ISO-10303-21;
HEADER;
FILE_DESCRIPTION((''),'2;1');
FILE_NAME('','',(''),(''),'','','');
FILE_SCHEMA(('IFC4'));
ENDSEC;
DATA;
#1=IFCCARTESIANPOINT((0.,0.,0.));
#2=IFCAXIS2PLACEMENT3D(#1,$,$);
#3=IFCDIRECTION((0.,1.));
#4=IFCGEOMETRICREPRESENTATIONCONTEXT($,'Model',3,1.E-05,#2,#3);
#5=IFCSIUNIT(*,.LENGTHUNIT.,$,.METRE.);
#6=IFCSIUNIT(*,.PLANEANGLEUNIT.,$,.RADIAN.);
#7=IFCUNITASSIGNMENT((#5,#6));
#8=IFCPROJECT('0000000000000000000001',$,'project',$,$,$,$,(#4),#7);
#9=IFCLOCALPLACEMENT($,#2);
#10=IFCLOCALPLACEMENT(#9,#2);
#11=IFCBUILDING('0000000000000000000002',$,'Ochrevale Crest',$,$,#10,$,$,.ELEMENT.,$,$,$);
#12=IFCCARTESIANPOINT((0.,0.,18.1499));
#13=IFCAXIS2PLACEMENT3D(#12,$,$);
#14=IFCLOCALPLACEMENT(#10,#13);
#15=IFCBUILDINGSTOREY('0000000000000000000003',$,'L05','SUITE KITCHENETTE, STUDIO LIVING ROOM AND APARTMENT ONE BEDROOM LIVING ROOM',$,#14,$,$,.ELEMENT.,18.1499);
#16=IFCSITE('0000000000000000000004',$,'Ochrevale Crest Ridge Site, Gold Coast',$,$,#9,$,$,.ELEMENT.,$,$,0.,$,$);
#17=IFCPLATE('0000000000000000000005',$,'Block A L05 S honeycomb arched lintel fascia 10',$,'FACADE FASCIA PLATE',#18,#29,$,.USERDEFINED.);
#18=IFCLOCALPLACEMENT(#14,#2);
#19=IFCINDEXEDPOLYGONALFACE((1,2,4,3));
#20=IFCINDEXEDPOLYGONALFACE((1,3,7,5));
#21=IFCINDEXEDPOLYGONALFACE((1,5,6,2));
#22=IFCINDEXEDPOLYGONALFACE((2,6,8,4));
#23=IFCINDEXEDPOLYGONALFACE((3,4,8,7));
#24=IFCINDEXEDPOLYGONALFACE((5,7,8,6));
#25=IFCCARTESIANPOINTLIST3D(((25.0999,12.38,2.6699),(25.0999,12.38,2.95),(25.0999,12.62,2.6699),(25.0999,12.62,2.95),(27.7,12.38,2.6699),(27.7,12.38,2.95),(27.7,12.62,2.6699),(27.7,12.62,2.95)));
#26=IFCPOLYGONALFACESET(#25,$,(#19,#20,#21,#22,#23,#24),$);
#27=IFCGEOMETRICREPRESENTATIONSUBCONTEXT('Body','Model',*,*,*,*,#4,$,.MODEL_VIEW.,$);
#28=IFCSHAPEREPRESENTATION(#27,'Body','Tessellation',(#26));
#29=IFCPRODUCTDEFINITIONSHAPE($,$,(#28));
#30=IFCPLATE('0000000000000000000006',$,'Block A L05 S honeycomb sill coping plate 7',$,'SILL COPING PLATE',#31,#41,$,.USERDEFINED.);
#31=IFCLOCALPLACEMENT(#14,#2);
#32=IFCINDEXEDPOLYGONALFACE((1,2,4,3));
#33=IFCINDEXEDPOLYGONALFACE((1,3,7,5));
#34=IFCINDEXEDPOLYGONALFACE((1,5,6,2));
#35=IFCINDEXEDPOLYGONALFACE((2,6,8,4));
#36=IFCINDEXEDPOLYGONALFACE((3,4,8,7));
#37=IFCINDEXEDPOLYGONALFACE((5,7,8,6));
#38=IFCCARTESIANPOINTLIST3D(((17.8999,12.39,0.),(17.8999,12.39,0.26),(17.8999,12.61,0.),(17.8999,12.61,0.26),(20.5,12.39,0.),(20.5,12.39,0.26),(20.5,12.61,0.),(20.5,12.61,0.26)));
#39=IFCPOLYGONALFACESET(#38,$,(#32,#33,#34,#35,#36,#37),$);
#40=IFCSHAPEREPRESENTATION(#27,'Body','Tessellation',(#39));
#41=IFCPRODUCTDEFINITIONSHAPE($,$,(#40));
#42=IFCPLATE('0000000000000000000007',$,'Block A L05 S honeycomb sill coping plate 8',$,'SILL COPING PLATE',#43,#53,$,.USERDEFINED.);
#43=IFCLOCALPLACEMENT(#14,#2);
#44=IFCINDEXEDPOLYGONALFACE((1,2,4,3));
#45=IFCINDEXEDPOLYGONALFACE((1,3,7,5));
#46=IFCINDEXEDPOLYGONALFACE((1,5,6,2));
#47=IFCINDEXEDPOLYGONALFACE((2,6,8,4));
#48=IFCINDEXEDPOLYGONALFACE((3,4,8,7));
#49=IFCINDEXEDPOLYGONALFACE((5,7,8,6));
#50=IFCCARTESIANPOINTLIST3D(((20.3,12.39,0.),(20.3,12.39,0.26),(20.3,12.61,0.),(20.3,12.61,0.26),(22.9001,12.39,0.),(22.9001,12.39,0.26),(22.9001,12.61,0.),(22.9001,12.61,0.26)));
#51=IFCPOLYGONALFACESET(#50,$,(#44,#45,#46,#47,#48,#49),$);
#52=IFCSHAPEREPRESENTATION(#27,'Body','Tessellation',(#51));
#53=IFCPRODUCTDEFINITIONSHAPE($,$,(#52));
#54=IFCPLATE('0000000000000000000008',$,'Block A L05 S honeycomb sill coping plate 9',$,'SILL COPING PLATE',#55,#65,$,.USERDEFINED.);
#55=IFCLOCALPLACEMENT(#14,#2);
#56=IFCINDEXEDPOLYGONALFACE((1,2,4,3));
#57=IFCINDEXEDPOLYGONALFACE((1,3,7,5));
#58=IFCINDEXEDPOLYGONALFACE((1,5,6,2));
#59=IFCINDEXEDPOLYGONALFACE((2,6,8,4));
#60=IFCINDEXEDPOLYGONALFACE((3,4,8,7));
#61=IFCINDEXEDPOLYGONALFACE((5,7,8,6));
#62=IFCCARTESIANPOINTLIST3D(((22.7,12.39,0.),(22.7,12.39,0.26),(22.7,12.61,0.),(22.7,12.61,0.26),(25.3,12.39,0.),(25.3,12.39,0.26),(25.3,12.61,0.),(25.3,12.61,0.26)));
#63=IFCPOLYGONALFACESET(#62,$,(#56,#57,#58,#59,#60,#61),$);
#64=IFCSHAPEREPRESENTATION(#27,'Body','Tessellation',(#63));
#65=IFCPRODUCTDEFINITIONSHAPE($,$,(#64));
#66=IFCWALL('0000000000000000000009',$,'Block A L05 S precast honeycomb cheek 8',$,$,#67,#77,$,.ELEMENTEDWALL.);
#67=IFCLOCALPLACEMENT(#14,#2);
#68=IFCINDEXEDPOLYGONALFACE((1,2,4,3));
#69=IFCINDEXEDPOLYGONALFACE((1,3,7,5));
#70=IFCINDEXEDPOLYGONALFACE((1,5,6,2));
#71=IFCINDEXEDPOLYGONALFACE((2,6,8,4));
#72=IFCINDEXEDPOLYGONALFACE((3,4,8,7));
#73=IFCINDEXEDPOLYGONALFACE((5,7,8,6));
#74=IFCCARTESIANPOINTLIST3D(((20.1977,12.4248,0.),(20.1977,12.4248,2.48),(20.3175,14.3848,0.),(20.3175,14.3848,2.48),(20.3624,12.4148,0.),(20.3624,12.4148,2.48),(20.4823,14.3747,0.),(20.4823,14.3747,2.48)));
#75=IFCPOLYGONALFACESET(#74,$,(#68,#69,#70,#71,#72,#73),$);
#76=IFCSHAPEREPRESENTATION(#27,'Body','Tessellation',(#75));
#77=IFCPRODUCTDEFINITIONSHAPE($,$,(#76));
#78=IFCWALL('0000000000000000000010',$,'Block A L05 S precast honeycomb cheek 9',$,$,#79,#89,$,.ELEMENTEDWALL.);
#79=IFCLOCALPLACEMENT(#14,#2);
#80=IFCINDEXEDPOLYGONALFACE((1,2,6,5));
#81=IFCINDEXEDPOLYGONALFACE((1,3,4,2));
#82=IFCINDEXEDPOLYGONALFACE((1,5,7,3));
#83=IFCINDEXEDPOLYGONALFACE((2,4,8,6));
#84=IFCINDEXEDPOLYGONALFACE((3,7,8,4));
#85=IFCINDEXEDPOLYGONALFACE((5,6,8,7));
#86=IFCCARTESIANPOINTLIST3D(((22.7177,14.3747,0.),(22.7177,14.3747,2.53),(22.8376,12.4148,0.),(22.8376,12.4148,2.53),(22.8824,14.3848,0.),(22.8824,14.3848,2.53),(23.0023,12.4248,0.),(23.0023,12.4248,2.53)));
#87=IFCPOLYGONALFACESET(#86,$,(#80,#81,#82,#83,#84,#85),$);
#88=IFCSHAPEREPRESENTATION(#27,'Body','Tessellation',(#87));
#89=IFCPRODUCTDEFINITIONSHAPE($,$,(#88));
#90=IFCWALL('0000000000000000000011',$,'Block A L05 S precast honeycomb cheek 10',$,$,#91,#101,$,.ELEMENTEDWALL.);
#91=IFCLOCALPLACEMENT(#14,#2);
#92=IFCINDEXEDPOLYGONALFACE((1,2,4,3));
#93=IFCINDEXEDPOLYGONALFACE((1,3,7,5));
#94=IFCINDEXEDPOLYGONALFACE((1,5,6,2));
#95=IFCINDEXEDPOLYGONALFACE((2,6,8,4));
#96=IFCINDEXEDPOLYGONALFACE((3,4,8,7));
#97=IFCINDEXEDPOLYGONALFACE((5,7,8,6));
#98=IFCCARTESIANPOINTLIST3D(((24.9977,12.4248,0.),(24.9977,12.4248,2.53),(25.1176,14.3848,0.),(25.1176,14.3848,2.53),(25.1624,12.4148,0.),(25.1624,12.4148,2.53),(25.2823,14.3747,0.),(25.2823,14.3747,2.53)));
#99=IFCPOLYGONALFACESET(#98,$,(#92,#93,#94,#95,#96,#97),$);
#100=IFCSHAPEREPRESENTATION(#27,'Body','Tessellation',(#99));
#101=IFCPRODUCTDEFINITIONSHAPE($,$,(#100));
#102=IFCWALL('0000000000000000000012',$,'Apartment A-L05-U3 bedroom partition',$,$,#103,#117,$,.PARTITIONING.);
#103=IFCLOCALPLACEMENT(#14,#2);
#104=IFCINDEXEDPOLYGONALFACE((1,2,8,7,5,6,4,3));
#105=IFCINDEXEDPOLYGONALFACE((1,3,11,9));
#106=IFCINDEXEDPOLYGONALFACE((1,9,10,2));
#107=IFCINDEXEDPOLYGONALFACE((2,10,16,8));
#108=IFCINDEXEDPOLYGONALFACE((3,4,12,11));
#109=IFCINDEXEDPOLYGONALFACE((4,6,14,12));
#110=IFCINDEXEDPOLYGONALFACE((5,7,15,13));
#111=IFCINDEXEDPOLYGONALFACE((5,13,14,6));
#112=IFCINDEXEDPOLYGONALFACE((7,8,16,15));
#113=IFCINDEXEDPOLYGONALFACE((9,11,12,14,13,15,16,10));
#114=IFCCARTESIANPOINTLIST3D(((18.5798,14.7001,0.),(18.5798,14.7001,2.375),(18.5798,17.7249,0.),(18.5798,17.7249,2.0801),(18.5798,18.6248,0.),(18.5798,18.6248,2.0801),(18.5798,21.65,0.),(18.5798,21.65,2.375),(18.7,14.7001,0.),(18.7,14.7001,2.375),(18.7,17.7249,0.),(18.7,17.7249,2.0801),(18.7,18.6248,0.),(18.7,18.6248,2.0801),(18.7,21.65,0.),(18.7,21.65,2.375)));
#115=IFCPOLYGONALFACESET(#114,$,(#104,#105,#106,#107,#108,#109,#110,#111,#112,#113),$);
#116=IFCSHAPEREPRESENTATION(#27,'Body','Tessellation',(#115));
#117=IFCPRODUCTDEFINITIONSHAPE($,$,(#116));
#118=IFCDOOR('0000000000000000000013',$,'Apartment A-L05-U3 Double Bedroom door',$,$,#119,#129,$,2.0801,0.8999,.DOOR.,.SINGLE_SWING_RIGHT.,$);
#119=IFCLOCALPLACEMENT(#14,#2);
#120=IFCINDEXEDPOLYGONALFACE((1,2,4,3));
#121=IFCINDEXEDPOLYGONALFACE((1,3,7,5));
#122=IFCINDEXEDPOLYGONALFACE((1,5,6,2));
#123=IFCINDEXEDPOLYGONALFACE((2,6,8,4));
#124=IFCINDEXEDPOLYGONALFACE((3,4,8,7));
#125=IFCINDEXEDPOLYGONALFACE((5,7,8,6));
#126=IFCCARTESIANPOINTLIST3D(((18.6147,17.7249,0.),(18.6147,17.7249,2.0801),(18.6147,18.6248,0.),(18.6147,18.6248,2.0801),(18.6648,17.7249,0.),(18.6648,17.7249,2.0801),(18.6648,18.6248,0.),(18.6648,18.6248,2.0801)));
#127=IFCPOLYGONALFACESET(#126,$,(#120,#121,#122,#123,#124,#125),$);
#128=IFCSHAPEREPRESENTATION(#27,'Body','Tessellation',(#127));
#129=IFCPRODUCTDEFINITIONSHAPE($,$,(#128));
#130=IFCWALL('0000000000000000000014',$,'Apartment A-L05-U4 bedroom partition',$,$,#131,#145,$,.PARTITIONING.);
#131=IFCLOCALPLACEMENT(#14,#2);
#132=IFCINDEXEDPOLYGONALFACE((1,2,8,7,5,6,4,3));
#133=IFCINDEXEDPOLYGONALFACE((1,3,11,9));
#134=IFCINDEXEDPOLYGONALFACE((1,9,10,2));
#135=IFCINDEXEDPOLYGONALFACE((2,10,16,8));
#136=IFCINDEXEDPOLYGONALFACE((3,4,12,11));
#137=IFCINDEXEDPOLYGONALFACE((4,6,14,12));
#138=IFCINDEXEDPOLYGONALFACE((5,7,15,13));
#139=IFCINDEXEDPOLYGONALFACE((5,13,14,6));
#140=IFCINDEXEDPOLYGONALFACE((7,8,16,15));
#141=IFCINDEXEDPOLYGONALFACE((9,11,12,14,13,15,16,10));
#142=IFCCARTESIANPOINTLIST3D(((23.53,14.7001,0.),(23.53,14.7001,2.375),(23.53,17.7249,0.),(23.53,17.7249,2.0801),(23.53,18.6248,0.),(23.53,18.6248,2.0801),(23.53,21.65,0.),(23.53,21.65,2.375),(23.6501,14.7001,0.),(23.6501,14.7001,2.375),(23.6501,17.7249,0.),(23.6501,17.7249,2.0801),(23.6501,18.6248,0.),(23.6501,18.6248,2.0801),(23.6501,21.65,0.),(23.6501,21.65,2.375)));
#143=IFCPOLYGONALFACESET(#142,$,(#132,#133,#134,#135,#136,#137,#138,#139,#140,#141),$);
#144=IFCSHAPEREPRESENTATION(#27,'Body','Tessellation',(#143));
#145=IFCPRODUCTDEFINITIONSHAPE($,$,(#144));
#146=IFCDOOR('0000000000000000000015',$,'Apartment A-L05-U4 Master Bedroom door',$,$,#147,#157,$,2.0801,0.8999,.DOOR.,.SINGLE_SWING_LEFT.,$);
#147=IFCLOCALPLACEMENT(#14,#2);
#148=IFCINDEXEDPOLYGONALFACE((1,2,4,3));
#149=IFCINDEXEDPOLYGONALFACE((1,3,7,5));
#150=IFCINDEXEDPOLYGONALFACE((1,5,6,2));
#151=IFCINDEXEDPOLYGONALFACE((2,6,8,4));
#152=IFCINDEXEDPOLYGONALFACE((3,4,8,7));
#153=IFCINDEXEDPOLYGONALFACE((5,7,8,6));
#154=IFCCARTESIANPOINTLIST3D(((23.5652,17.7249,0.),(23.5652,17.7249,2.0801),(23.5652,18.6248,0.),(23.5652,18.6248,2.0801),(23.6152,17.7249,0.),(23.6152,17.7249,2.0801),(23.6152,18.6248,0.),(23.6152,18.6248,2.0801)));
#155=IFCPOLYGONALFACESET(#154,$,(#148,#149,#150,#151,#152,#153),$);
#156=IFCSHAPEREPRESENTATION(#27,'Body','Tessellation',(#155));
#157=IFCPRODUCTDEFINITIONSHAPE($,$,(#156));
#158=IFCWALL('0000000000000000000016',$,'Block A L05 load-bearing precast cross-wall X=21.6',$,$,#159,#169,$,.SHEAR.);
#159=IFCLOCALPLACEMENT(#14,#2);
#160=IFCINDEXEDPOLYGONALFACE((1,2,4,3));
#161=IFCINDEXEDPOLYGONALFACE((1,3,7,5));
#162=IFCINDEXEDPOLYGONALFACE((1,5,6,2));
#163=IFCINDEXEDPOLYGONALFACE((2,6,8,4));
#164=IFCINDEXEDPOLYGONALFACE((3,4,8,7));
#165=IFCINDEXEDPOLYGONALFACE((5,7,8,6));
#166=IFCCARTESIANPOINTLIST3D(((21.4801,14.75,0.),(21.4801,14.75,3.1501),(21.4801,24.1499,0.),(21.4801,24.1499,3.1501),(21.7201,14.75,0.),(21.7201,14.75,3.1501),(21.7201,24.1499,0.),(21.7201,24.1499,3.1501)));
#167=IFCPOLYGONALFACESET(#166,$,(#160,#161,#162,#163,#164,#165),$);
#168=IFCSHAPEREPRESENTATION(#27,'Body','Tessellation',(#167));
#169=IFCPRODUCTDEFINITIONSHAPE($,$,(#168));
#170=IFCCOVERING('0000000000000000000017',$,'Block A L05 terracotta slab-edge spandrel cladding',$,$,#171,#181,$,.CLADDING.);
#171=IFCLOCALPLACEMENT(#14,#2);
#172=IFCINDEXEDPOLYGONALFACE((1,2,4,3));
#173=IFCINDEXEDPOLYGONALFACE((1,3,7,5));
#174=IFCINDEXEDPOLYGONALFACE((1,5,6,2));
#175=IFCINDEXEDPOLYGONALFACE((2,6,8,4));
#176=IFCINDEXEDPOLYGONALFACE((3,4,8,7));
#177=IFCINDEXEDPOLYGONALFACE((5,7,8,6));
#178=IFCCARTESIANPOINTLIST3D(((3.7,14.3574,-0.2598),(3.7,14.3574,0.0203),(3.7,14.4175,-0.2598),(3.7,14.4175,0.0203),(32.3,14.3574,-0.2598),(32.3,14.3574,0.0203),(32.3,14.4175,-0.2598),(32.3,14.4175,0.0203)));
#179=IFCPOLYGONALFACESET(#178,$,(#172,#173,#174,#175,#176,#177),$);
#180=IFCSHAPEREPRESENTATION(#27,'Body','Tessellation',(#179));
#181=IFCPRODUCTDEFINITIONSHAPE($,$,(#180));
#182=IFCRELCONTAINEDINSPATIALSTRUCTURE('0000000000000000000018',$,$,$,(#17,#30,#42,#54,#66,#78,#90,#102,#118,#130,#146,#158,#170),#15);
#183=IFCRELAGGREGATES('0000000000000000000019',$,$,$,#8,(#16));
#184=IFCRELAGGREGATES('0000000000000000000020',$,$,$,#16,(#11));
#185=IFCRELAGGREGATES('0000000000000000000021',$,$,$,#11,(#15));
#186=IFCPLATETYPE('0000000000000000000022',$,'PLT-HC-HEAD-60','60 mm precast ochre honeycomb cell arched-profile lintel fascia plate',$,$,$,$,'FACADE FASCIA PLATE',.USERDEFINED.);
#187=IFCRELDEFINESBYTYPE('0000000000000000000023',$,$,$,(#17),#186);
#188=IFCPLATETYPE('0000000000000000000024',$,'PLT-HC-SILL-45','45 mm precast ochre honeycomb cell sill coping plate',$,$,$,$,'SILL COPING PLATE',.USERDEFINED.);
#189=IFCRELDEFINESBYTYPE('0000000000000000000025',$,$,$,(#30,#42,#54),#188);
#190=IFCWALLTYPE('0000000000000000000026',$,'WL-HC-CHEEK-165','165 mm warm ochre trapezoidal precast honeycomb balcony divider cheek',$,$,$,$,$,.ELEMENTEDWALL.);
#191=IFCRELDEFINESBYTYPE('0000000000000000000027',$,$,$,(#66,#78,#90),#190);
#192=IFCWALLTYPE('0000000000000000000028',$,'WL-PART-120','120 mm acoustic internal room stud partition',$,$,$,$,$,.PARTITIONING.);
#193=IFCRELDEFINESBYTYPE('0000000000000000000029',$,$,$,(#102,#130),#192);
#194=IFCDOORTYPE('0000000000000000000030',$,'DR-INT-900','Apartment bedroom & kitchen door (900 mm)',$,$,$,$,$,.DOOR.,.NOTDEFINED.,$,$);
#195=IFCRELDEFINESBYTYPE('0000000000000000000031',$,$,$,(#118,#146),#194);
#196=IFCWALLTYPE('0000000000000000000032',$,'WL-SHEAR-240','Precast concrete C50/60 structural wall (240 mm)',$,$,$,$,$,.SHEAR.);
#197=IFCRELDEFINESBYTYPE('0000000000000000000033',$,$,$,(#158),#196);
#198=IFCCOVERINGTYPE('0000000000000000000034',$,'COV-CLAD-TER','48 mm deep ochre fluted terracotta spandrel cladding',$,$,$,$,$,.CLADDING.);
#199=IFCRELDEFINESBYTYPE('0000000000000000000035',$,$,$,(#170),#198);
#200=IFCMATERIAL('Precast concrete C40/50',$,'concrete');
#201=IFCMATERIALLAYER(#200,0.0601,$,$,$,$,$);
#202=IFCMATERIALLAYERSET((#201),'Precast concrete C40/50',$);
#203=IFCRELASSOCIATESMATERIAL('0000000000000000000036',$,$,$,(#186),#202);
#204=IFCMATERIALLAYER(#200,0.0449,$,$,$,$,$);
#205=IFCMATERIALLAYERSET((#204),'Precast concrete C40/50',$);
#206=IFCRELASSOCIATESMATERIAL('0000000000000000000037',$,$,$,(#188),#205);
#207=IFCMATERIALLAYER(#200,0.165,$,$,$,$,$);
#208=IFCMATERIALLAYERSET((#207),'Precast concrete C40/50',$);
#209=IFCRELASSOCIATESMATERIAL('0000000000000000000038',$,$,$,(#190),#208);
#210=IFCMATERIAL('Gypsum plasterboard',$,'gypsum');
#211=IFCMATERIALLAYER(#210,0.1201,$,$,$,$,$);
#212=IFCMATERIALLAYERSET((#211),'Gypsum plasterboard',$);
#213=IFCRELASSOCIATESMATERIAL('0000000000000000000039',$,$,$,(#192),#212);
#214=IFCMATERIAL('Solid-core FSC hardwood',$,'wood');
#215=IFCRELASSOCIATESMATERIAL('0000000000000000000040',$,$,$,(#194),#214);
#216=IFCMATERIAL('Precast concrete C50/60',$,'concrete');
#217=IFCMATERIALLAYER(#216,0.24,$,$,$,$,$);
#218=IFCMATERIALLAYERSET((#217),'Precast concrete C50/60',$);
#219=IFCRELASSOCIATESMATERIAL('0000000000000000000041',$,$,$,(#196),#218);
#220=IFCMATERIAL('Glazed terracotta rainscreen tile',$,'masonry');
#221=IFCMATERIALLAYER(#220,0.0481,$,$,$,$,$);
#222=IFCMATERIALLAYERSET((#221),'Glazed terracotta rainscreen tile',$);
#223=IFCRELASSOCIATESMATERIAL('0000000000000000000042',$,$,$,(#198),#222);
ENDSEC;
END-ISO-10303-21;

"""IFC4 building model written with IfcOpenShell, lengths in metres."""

from ifc_helpers import new_model, si_unit, direction, frame, frame_2d, origin, origin_2d, place, context, subcontext, project, spatial, rectangle, extrude, material, layer, layer_set, type_object, element, fill, save


model = new_model("IFC4")

# Units and contexts
model_context = context("Model", 3, precision=1e-05, world=origin(), true_north=direction((0.0, 1.0)))
body_context = subcontext(model_context, "Body", "Model", "MODEL_VIEW")
ifc_project = project(units=[si_unit("LENGTHUNIT", "METRE"), si_unit("PLANEANGLEUNIT", "RADIAN")], contexts=[model_context])

# Site, building, storey
site_placement = place(None, origin())
site = spatial("IfcSite", under=ifc_project, at=site_placement, Name="Ochrevale Crest Ridge Site, Gold Coast", CompositionType="ELEMENT", RefElevation=0.0)
building_placement = place(site_placement, origin())
building = spatial("IfcBuilding", under=site, at=building_placement, Name="Ochrevale Crest", CompositionType="ELEMENT")
storey_placement = place(building_placement, frame((0.0, 0.0, 18.1499)))
storey = spatial("IfcBuildingStorey", under=building, at=storey_placement, Name="L05", Description="SUITE KITCHENETTE, STUDIO LIVING ROOM AND APARTMENT ONE BEDROOM LIVING ROOM", CompositionType="ELEMENT", Elevation=18.1499)

# Shared definitions
ifc_material_1 = material(Name="Precast concrete C50/60", Category="concrete")

# Shared definitions
ifc_material_2 = material(Name="Precast concrete C40/50", Category="concrete")

# Plates
ifc_layer_1 = layer(ifc_material_2, 0.0601)
ifc_layer_set_1 = layer_set([ifc_layer_1], Name="Precast concrete C40/50")
plate_type_1 = type_object("IfcPlateType", Name="PLT-HC-HEAD-60", Description="60 mm precast ochre honeycomb cell arched-profile lintel fascia plate", ElementType="FACADE FASCIA PLATE", PredefinedType="USERDEFINED", material=ifc_layer_set_1)
for number, where, z_axis, x_axis, name in (
    (1, (26.3999, 12.5, 2.6699), (0.0, 0.0, 1.0), (1.0, 0.0, 0.0), "Block A L05 S honeycomb arched lintel fascia 10"),
):
    element("IfcPlate", number, at=place(storey_placement, frame(where, z_axis=z_axis, x_axis=x_axis)), inside=storey, type_object=plate_type_1, Name=name, ObjectType="FACADE FASCIA PLATE", PredefinedType="USERDEFINED", context=body_context, shape_type="SweptSolid", body=[
        extrude(rectangle(XDim=2.6001, YDim=0.24, at=origin_2d()), origin(), (0.0, 0.0, 1.0), 0.28),
    ])
ifc_layer_2 = layer(ifc_material_2, 0.0449)
ifc_layer_set_2 = layer_set([ifc_layer_2], Name="Precast concrete C40/50")
plate_type_2 = type_object("IfcPlateType", Name="PLT-HC-SILL-45", Description="45 mm precast ochre honeycomb cell sill coping plate", ElementType="SILL COPING PLATE", PredefinedType="USERDEFINED", material=ifc_layer_set_2)
for number, where, z_axis, x_axis, name in (
    (2, (19.2, 12.5, 0.0), (0.0, 0.0, 1.0), (1.0, 0.0, 0.0), "Block A L05 S honeycomb sill coping plate 7"),
    (3, (21.6001, 12.5, 0.0), (0.0, 0.0, 1.0), (1.0, 0.0, 0.0), "Block A L05 S honeycomb sill coping plate 8"),
    (4, (24.0, 12.5, 0.0), (0.0, 0.0, 1.0), (1.0, 0.0, 0.0), "Block A L05 S honeycomb sill coping plate 9"),
):
    element("IfcPlate", number, at=place(storey_placement, frame(where, z_axis=z_axis, x_axis=x_axis)), inside=storey, type_object=plate_type_2, Name=name, ObjectType="SILL COPING PLATE", PredefinedType="USERDEFINED", context=body_context, shape_type="SweptSolid", body=[
        extrude(rectangle(XDim=2.6001, YDim=0.22, at=origin_2d()), origin(), (0.0, 0.0, 1.0), 0.26),
    ])

# Walls
ifc_layer_3 = layer(ifc_material_2, 0.165)
ifc_layer_set_3 = layer_set([ifc_layer_3], Name="Precast concrete C40/50")
wall_type_1 = type_object("IfcWallType", Name="WL-HC-CHEEK-165", Description="165 mm warm ochre trapezoidal precast honeycomb balcony divider cheek", PredefinedType="ELEMENTEDWALL", material=ifc_layer_set_3)
wall_1_placement = place(storey_placement, frame((20.3999, 14.3799, 0.0), z_axis=(0.0, 0.0, 1.0), x_axis=(-0.061047, -0.998135, 0.0)))
element("IfcWall", 5, at=wall_1_placement, inside=storey, type_object=wall_type_1, Name="Block A L05 S precast honeycomb cheek 8", PredefinedType="ELEMENTEDWALL", context=body_context, shape_type="SweptSolid", body=[
    extrude(rectangle(XDim=1.9636, YDim=0.165, at=frame_2d((0.9819, 0.0))), origin(), (0.0, 0.0, 1.0), 2.48),
])
for number, where, z_axis, x_axis, name in (
    (6, (22.8, 14.3799, 0.0), (0.0, 0.0, 1.0), (0.061047, -0.998135, 0.0), "Block A L05 S precast honeycomb cheek 9"),
    (7, (25.2, 14.3799, 0.0), (0.0, 0.0, 1.0), (-0.061047, -0.998135, 0.0), "Block A L05 S precast honeycomb cheek 10"),
):
    element("IfcWall", number, at=place(storey_placement, frame(where, z_axis=z_axis, x_axis=x_axis)), inside=storey, type_object=wall_type_1, Name=name, PredefinedType="ELEMENTEDWALL", context=body_context, shape_type="SweptSolid", body=[
        extrude(rectangle(XDim=1.9636, YDim=0.165, at=frame_2d((0.9819, 0.0))), origin(), (0.0, 0.0, 1.0), 2.53),
    ])

# Walls, openings, doors
ifc_material_3 = material(Name="Gypsum plasterboard", Category="gypsum")
ifc_layer_4 = layer(ifc_material_3, 0.1201)
ifc_layer_set_4 = layer_set([ifc_layer_4], Name="Gypsum plasterboard")
wall_type_2 = type_object("IfcWallType", Name="WL-PART-120", Description="120 mm acoustic internal room stud partition", PredefinedType="PARTITIONING", material=ifc_layer_set_4)
wall_2_placement = place(storey_placement, frame((18.6399, 14.7, 0.0), z_axis=(0.0, 0.0, 1.0), x_axis=(0.0, 1.0, 0.0)))
wall_2 = element("IfcWall", 8, at=wall_2_placement, inside=storey, type_object=wall_type_2, Name="Apartment A-L05-U3 bedroom partition", PredefinedType="PARTITIONING", context=body_context, shape_type="SweptSolid", body=[
    extrude(rectangle(XDim=6.95, YDim=0.1201, at=frame_2d((3.4751, 0.0))), origin(), (0.0, 0.0, 1.0), 2.375),
])
opening_1_placement = place(wall_2_placement, frame((3.9248, 0.0, 0.0), z_axis=(0.0, 0.0, 1.0), x_axis=(-1.0, 0.0, 0.0)))
opening_1 = element("IfcOpeningElement", 9, at=opening_1_placement, cuts=wall_2, PredefinedType="OPENING", context=body_context, shape_type="SweptSolid", body=[
    extrude(rectangle(XDim=0.8999, YDim=2.0801, at=frame_2d((0.45, 1.04))), frame((0.0, 0.0701, 0.0), z_axis=(0.0, -1.0, 0.0), x_axis=(1.0, 0.0, 0.0)), (0.0, 0.0, 1.0), 0.1401),
])
ifc_material_4 = material(Name="Solid-core FSC hardwood", Category="wood")
door_type = type_object("IfcDoorType", Name="DR-INT-900", Description="Apartment bedroom & kitchen door (900 mm)", OperationType="NOTDEFINED", PredefinedType="DOOR", material=ifc_material_4)
door_1_placement = place(opening_1_placement, origin())
door_1 = element("IfcDoor", 10, at=door_1_placement, inside=storey, type_object=door_type, Name="Apartment A-L05-U3 Double Bedroom door", OperationType="SINGLE_SWING_RIGHT", OverallHeight=2.0801, OverallWidth=0.8999, PredefinedType="DOOR", context=body_context, shape_type="SweptSolid", body=[
    extrude(rectangle(XDim=0.8999, YDim=2.0801, at=frame_2d((0.45, 1.04))), frame((0.0, 0.0249, 0.0), z_axis=(0.0, -1.0, 0.0), x_axis=(1.0, 0.0, 0.0)), (0.0, 0.0, 1.0), 0.05),
])
fill(opening_1, door_1)
wall_3_placement = place(storey_placement, frame((23.5901, 14.7, 0.0), z_axis=(0.0, 0.0, 1.0), x_axis=(0.0, 1.0, 0.0)))
wall_3 = element("IfcWall", 11, at=wall_3_placement, inside=storey, type_object=wall_type_2, Name="Apartment A-L05-U4 bedroom partition", PredefinedType="PARTITIONING", context=body_context, shape_type="SweptSolid", body=[
    extrude(rectangle(XDim=6.95, YDim=0.1201, at=frame_2d((3.4751, 0.0))), origin(), (0.0, 0.0, 1.0), 2.375),
])
opening_2_placement = place(wall_3_placement, frame((3.0249, 0.0, 0.0)))
opening_2 = element("IfcOpeningElement", 12, at=opening_2_placement, cuts=wall_3, PredefinedType="OPENING", context=body_context, shape_type="SweptSolid", body=[
    extrude(rectangle(XDim=0.8999, YDim=2.0801, at=frame_2d((0.45, 1.04))), frame((0.0, 0.0701, 0.0), z_axis=(0.0, -1.0, 0.0), x_axis=(1.0, 0.0, 0.0)), (0.0, 0.0, 1.0), 0.1401),
])
door_2_placement = place(opening_2_placement, origin())
door_2 = element("IfcDoor", 13, at=door_2_placement, inside=storey, type_object=door_type, Name="Apartment A-L05-U4 Master Bedroom door", OperationType="SINGLE_SWING_LEFT", OverallHeight=2.0801, OverallWidth=0.8999, PredefinedType="DOOR", context=body_context, shape_type="SweptSolid", body=[
    extrude(rectangle(XDim=0.8999, YDim=2.0801, at=frame_2d((0.45, 1.04))), frame((0.0, 0.0249, 0.0), z_axis=(0.0, -1.0, 0.0), x_axis=(1.0, 0.0, 0.0)), (0.0, 0.0, 1.0), 0.05),
])
fill(opening_2, door_2)

# Wall
ifc_layer_5 = layer(ifc_material_1, 0.24)
ifc_layer_set_5 = layer_set([ifc_layer_5], Name="Precast concrete C50/60")
wall_type_3 = type_object("IfcWallType", Name="WL-SHEAR-240", Description="Precast concrete C50/60 structural wall (240 mm)", PredefinedType="SHEAR", material=ifc_layer_set_5)
wall_4_placement = place(storey_placement, frame((21.6001, 14.75, 0.0), z_axis=(0.0, 0.0, 1.0), x_axis=(0.0, 1.0, 0.0)))
element("IfcWall", 14, at=wall_4_placement, inside=storey, type_object=wall_type_3, Name="Block A L05 load-bearing precast cross-wall X=21.6", PredefinedType="SHEAR", context=body_context, shape_type="SweptSolid", body=[
    extrude(rectangle(XDim=9.3999, YDim=0.24, at=frame_2d((4.7, 0.0))), origin(), (0.0, 0.0, 1.0), 3.1501),
])

# Covering
ifc_material_5 = material(Name="Glazed terracotta rainscreen tile", Category="masonry")
ifc_layer_6 = layer(ifc_material_5, 0.0481)
ifc_layer_set_6 = layer_set([ifc_layer_6], Name="Glazed terracotta rainscreen tile")
covering_type = type_object("IfcCoveringType", Name="COV-CLAD-TER", Description="48 mm deep ochre fluted terracotta spandrel cladding", PredefinedType="CLADDING", material=ifc_layer_set_6)
covering_placement = place(storey_placement, frame((18.0, 14.3875, -0.2598), z_axis=(0.0, 0.0, 1.0), x_axis=(1.0, 0.0, 0.0)))
element("IfcCovering", 15, at=covering_placement, inside=storey, type_object=covering_type, Name="Block A L05 terracotta slab-edge spandrel cladding", PredefinedType="CLADDING", context=body_context, shape_type="SweptSolid", body=[
    extrude(rectangle(XDim=28.6001, YDim=0.0601, at=origin_2d()), origin(), (0.0, 0.0, 1.0), 0.28),
])

save(model, "model.ifc")
